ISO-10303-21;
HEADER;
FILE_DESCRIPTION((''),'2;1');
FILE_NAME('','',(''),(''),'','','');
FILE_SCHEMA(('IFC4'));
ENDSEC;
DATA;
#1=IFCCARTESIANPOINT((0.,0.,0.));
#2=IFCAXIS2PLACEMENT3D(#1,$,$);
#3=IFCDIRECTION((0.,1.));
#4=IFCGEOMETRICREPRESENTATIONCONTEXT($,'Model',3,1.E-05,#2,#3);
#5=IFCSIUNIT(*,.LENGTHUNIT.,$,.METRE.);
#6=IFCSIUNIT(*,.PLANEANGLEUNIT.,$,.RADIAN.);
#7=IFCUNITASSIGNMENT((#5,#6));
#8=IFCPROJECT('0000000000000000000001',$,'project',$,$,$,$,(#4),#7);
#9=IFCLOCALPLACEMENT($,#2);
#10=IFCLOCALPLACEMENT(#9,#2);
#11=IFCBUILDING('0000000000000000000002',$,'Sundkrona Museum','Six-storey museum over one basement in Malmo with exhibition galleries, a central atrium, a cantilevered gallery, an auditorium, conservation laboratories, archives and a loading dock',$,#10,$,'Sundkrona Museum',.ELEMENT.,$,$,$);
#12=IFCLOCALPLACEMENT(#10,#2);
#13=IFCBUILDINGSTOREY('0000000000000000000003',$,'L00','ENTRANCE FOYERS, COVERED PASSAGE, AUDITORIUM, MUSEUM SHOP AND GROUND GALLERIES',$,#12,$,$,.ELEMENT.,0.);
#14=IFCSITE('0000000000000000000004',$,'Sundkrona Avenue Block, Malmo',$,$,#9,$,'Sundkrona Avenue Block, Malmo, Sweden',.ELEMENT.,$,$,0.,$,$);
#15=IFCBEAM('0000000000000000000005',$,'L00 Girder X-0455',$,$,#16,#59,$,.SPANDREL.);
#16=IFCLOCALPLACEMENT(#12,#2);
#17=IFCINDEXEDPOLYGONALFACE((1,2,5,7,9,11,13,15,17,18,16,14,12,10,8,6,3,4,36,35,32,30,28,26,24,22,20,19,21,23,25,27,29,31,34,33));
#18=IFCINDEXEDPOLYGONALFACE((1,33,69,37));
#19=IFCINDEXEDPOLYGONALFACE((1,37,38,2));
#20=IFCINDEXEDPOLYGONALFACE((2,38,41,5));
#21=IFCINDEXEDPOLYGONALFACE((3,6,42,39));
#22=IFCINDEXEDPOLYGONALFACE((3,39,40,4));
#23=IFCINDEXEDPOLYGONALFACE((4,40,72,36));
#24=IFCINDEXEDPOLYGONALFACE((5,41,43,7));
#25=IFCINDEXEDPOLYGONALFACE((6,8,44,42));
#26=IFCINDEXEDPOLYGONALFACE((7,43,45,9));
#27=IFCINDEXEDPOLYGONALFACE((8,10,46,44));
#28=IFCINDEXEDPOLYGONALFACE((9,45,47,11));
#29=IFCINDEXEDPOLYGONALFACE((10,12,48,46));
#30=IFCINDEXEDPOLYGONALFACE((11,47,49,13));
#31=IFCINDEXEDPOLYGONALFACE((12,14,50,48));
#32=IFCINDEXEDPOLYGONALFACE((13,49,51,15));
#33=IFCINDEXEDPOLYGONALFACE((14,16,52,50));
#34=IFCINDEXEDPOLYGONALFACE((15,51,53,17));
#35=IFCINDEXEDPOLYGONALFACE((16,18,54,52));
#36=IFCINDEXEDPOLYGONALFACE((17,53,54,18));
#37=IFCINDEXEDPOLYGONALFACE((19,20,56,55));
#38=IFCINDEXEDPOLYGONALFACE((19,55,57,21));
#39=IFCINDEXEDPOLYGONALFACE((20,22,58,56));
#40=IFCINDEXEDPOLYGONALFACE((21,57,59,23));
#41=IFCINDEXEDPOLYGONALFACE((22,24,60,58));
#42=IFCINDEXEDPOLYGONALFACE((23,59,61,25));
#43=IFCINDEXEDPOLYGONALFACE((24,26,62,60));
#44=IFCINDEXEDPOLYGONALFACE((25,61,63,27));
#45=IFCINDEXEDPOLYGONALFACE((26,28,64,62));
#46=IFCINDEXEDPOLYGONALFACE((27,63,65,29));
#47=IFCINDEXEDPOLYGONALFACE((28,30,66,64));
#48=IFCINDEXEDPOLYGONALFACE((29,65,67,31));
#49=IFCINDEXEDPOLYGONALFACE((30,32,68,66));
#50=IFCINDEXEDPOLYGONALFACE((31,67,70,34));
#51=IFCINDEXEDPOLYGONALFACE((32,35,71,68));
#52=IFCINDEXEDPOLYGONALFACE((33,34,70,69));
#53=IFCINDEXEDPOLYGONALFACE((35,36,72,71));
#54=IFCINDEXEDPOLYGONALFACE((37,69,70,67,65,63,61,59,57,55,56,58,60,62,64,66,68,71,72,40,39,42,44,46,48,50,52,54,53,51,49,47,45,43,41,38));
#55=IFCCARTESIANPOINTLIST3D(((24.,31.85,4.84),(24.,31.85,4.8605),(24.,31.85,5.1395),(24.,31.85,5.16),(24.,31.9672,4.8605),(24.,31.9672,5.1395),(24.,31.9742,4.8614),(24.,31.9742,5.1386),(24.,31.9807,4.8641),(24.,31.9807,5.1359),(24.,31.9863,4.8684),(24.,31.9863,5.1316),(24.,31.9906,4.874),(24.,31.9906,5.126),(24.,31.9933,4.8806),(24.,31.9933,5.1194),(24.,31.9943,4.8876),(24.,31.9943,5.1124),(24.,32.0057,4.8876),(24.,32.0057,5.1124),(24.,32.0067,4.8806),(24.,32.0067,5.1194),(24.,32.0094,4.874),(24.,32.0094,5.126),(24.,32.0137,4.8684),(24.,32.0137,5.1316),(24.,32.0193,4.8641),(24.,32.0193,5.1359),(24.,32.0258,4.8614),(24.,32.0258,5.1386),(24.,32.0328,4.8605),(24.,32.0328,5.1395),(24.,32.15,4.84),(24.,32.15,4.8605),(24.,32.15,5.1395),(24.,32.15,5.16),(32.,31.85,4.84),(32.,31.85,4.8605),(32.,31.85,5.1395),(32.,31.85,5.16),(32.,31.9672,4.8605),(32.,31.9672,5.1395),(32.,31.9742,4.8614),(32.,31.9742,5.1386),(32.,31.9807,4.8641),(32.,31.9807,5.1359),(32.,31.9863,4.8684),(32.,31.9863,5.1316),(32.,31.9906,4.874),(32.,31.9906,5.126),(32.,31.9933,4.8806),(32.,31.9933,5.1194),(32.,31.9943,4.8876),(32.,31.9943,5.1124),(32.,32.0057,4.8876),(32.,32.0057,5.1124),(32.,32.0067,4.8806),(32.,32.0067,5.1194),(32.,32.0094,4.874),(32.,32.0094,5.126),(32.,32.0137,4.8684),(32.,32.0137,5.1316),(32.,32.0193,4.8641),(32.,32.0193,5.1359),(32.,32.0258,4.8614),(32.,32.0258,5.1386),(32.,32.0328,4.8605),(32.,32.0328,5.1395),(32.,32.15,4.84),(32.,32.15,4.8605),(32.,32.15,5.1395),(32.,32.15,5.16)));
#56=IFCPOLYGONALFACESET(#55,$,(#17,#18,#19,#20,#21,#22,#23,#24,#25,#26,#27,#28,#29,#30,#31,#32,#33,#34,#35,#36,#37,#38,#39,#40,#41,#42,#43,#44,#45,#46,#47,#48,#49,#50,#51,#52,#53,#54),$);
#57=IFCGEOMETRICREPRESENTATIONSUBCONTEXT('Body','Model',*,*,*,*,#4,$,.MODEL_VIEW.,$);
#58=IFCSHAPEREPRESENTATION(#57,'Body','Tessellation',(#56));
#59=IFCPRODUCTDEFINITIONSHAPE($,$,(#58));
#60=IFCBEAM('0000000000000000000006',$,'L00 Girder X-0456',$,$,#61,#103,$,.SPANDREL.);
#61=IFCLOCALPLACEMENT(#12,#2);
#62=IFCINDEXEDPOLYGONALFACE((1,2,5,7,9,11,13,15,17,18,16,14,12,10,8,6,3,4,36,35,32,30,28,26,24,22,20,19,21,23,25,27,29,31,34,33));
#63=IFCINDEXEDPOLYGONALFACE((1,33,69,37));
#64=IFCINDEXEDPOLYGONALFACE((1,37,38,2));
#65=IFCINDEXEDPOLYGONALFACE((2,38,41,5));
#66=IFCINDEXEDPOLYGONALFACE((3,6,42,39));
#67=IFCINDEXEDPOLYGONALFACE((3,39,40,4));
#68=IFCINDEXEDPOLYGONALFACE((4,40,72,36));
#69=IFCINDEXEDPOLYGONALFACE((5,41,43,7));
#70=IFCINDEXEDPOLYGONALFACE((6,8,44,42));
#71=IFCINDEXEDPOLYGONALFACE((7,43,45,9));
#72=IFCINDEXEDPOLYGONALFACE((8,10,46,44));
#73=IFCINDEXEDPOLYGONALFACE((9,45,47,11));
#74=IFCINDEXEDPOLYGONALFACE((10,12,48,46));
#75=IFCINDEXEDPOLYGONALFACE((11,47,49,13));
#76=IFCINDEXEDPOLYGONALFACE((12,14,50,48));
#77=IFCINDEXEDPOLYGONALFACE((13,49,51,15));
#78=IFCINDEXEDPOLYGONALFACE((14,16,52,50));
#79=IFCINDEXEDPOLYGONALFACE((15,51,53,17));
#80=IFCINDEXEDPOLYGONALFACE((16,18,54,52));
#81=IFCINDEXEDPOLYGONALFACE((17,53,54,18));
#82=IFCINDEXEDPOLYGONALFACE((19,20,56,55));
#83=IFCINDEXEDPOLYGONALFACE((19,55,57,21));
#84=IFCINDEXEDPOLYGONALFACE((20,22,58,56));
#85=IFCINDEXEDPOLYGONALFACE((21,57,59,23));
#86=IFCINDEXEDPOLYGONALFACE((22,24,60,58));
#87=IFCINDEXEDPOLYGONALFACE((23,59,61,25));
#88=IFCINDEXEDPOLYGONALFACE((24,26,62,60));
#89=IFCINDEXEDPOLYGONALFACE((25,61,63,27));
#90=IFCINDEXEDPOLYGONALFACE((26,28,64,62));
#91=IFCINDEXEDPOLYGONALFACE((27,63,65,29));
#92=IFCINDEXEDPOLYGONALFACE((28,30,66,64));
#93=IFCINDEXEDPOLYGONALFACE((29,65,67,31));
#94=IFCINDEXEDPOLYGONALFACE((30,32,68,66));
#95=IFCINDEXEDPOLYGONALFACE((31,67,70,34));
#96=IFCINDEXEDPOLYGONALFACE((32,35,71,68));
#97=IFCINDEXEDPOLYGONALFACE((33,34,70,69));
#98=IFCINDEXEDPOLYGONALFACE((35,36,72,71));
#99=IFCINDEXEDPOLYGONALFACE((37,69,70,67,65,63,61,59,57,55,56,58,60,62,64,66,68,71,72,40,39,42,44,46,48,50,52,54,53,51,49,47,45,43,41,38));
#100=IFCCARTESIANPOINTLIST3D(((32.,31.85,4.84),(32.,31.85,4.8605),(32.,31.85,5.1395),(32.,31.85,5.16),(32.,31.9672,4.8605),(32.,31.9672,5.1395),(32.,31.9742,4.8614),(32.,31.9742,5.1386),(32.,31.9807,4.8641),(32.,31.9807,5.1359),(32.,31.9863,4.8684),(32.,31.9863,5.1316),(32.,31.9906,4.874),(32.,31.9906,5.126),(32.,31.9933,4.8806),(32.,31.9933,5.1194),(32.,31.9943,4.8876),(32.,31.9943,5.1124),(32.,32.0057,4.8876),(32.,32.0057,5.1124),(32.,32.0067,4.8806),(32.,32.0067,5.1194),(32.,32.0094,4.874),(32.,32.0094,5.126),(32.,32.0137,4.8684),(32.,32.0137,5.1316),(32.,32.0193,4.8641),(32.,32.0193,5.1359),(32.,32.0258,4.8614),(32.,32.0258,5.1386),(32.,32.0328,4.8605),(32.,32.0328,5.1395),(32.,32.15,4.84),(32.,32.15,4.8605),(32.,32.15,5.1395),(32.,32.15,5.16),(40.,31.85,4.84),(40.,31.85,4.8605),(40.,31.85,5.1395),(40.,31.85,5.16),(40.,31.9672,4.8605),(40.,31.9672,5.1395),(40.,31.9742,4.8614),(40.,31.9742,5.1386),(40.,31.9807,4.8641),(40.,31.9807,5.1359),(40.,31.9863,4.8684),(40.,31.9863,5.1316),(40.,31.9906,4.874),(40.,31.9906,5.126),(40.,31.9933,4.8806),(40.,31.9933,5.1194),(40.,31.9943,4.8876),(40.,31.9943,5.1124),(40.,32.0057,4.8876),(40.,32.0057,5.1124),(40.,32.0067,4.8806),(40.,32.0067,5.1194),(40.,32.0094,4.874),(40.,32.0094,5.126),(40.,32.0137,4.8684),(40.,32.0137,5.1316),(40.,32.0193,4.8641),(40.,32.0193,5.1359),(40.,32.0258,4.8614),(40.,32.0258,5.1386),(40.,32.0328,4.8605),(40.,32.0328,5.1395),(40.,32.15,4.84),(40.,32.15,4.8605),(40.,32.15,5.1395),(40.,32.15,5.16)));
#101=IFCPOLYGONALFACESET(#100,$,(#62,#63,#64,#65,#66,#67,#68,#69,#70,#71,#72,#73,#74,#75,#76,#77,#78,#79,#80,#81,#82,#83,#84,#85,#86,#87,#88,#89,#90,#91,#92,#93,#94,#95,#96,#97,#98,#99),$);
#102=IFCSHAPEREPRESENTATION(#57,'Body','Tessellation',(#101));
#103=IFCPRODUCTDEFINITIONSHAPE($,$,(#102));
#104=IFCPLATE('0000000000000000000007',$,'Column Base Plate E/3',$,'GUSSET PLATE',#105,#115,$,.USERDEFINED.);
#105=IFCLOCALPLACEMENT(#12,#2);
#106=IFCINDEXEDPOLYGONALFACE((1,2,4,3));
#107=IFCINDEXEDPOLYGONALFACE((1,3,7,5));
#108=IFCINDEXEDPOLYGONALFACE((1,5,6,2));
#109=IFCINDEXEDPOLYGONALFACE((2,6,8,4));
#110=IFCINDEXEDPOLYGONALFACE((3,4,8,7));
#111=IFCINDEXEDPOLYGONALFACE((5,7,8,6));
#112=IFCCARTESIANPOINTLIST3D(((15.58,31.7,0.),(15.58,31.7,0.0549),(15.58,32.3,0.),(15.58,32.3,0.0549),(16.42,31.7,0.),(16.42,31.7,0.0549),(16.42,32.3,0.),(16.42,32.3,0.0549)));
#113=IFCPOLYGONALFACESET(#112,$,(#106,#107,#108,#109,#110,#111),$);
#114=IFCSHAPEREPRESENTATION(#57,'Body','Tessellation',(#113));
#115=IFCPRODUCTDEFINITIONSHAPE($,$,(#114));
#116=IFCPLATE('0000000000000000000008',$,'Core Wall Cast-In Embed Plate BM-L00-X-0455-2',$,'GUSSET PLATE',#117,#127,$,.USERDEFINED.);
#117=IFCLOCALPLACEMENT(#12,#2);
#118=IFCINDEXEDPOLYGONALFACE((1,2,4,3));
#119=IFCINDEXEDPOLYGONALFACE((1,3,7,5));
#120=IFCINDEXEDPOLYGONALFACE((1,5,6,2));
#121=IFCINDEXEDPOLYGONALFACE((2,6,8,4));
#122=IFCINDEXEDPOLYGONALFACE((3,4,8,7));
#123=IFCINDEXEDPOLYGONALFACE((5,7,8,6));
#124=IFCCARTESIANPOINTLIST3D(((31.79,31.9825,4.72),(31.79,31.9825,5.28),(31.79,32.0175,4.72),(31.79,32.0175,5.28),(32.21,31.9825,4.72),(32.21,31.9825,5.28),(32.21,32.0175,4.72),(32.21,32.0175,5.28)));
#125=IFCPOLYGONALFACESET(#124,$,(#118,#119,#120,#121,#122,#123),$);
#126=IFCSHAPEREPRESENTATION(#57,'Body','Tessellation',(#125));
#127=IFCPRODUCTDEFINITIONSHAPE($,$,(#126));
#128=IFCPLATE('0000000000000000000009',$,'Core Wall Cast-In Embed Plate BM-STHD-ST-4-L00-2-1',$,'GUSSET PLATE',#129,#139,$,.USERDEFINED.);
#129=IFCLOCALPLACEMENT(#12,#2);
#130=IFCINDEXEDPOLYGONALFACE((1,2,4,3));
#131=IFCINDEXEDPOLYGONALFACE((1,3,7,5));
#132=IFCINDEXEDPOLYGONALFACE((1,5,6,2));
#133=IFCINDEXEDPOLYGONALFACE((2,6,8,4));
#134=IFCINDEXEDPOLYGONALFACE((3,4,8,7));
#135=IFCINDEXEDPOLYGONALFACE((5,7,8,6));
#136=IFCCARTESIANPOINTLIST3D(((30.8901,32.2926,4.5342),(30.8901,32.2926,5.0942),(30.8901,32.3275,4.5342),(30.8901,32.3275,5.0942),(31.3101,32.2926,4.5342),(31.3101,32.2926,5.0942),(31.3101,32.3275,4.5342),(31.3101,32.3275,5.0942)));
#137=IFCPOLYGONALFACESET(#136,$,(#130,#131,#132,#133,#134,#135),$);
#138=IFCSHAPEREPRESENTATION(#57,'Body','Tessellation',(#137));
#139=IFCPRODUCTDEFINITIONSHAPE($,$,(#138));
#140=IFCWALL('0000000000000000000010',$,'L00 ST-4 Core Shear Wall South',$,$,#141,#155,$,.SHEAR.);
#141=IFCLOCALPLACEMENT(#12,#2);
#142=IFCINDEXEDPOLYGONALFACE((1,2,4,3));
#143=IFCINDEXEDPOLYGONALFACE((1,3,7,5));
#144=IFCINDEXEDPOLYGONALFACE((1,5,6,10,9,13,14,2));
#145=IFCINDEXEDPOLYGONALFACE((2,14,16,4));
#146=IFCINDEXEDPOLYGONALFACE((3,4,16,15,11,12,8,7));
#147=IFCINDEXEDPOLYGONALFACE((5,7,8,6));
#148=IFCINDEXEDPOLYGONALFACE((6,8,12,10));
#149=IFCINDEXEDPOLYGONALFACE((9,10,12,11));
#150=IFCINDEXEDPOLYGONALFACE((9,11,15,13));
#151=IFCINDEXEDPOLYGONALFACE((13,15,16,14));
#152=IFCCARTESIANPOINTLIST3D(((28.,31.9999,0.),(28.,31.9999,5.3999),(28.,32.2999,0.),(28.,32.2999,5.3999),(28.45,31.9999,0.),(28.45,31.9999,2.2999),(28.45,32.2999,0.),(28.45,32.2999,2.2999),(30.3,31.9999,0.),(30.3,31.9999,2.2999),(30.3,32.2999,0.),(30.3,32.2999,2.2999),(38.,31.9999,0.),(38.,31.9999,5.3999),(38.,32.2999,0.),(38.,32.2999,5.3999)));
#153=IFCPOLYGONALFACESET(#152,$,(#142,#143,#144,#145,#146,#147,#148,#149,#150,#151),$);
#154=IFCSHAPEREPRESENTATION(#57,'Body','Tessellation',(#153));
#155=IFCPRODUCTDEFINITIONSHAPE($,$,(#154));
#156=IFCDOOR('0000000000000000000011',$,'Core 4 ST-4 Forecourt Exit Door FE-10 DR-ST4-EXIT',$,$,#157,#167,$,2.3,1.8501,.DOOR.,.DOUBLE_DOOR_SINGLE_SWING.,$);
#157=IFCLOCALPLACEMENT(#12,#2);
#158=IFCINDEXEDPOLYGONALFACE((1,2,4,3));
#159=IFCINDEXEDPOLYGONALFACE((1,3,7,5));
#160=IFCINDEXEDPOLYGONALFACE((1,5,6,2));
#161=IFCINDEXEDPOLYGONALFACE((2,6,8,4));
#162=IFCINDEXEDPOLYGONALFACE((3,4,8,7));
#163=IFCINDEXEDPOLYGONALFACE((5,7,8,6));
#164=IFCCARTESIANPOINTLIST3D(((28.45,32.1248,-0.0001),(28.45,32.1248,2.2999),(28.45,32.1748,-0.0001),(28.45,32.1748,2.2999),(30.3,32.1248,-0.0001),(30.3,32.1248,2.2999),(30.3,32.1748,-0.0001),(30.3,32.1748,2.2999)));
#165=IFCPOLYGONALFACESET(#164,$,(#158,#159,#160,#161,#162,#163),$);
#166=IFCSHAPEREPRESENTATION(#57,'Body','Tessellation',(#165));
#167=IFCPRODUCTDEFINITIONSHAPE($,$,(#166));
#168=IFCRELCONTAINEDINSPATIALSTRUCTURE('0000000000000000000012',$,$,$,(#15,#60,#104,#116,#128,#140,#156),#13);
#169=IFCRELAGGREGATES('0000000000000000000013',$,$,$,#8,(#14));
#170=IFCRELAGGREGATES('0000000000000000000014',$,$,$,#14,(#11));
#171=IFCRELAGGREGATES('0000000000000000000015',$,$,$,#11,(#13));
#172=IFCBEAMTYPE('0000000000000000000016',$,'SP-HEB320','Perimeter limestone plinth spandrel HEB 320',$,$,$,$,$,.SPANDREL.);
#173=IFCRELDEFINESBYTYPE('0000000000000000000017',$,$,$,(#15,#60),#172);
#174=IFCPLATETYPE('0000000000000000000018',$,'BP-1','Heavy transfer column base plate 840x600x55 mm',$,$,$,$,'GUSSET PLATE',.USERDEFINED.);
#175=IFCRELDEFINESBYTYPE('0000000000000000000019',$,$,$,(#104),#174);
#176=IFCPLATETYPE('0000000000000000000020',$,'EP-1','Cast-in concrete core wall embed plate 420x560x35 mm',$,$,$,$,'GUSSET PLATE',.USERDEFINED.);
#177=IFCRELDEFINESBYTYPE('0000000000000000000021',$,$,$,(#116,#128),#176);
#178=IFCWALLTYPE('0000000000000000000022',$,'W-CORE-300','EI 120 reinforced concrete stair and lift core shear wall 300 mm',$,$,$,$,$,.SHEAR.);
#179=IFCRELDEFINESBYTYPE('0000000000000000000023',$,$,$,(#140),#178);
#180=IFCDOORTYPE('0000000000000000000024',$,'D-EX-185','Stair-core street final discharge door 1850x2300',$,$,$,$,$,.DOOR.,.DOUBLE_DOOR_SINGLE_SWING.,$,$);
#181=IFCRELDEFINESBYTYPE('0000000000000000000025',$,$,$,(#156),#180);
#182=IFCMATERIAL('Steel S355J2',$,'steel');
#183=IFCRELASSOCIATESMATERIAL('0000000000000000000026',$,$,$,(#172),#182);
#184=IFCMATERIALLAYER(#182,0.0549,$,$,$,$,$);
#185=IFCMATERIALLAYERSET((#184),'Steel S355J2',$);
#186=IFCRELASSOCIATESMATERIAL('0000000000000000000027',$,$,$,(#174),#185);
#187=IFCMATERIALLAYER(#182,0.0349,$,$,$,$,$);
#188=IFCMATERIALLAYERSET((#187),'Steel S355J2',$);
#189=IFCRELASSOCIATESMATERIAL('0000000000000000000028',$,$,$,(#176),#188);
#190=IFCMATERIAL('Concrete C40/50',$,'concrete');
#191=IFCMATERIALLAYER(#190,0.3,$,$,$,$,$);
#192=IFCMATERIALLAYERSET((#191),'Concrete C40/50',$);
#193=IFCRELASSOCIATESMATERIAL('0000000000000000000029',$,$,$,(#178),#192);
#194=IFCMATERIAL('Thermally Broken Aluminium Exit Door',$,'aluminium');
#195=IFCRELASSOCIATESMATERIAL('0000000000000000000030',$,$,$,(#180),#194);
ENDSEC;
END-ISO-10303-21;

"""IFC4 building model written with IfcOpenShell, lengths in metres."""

from ifc_helpers import new_model, si_unit, direction, frame, frame_2d, origin, origin_2d, place, context, subcontext, project, spatial, rectangle, i_section, extrude, material, layer, layer_set, material_profile, profile_set, type_object, element, fill, save


model = new_model("IFC4")

# Units and contexts
model_context = context("Model", 3, precision=1e-05, world=origin(), true_north=direction((0.0, 1.0)))
body_context = subcontext(model_context, "Body", "Model", "MODEL_VIEW")
ifc_project = project(units=[si_unit("LENGTHUNIT", "METRE"), si_unit("PLANEANGLEUNIT", "RADIAN")], contexts=[model_context])

# Site, building, storey
site_placement = place(None, origin())
site = spatial("IfcSite", under=ifc_project, at=site_placement, Name="Sundkrona Avenue Block, Malmo", LongName="Sundkrona Avenue Block, Malmo, Sweden", CompositionType="ELEMENT", RefElevation=0.0)
building_placement = place(site_placement, origin())
building = spatial("IfcBuilding", under=site, at=building_placement, Name="Sundkrona Museum", Description="Six-storey museum over one basement in Malmo with exhibition galleries, a central atrium, a cantilevered gallery, an auditorium, conservation laboratories, archives and a loading dock", LongName="Sundkrona Museum", CompositionType="ELEMENT")
storey_placement = place(building_placement, origin())
storey = spatial("IfcBuildingStorey", under=building, at=storey_placement, Name="L00", Description="ENTRANCE FOYERS, COVERED PASSAGE, AUDITORIUM, MUSEUM SHOP AND GROUND GALLERIES", CompositionType="ELEMENT", Elevation=0.0)

# Beams
ifc_material_1 = material(Name="Steel S355J2", Category="steel")
ifc_material_profile_1 = material_profile(ifc_material_1, i_section(OverallWidth=0.3, OverallDepth=0.3201, WebThickness=0.0115, FlangeThickness=0.0205, FilletRadius=0.0271, at=origin_2d()), Name="HEB 320")
ifc_profile_set_1 = profile_set([ifc_material_profile_1], Name="Steel S355J2")
beam_type_1 = type_object("IfcBeamType", Name="SP-HEB320", Description="Perimeter limestone plinth spandrel HEB 320", PredefinedType="SPANDREL", material=ifc_profile_set_1)
for number, where, z_axis, x_axis, name in (
    (1, (24.0, 32.0, 5.0), (1.0, 0.0, 0.0), (0.0, 1.0, 0.0), "L00 Girder X-0455"),
    (2, (32.0, 32.0, 5.0), (1.0, 0.0, 0.0), (0.0, 1.0, 0.0), "L00 Girder X-0456"),
):
    element("IfcBeam", number, at=place(storey_placement, frame(where, z_axis=z_axis, x_axis=x_axis)), inside=storey, type_object=beam_type_1, Name=name, PredefinedType="SPANDREL", context=body_context, shape_type="SweptSolid", body=[
        extrude(i_section(OverallWidth=0.3, OverallDepth=0.3201, WebThickness=0.0115, FlangeThickness=0.0205, FilletRadius=0.0271, at=origin_2d()), origin(), (0.0, 0.0, 1.0), 8.0),
    ])

# Plates
ifc_layer_1 = layer(ifc_material_1, 0.0549)
ifc_layer_set_1 = layer_set([ifc_layer_1], Name="Steel S355J2")
plate_type_1 = type_object("IfcPlateType", Name="BP-1", Description="Heavy transfer column base plate 840x600x55 mm", ElementType="GUSSET PLATE", PredefinedType="USERDEFINED", material=ifc_layer_set_1)
plate_placement = place(storey_placement, frame((16.0, 32.0, 0.0), z_axis=(0.0, 0.0, 1.0), x_axis=(1.0, 0.0, 0.0)))
element("IfcPlate", 3, at=plate_placement, inside=storey, type_object=plate_type_1, Name="Column Base Plate E/3", ObjectType="GUSSET PLATE", PredefinedType="USERDEFINED", context=body_context, shape_type="SweptSolid", body=[
    extrude(rectangle(XDim=0.8401, YDim=0.6001, at=origin_2d()), origin(), (0.0, 0.0, 1.0), 0.0549),
])
ifc_layer_2 = layer(ifc_material_1, 0.0349)
ifc_layer_set_2 = layer_set([ifc_layer_2], Name="Steel S355J2")
plate_type_2 = type_object("IfcPlateType", Name="EP-1", Description="Cast-in concrete core wall embed plate 420x560x35 mm", ElementType="GUSSET PLATE", PredefinedType="USERDEFINED", material=ifc_layer_set_2)
for number, where, z_axis, x_axis, name in (
    (4, (32.0, 32.0, 4.72), (0.0, 0.0, 1.0), (1.0, 0.0, 0.0), "Core Wall Cast-In Embed Plate BM-L00-X-0455-2"),
    (5, (31.1001, 32.3101, 4.5342), (0.0, 0.0, 1.0), (1.0, 0.0, 0.0), "Core Wall Cast-In Embed Plate BM-STHD-ST-4-L00-2-1"),
):
    element("IfcPlate", number, at=place(storey_placement, frame(where, z_axis=z_axis, x_axis=x_axis)), inside=storey, type_object=plate_type_2, Name=name, ObjectType="GUSSET PLATE", PredefinedType="USERDEFINED", context=body_context, shape_type="SweptSolid", body=[
        extrude(rectangle(XDim=0.4199, YDim=0.0349, at=origin_2d()), origin(), (0.0, 0.0, 1.0), 0.5601),
    ])

# Wall, opening, door
ifc_material_2 = material(Name="Concrete C40/50", Category="concrete")
ifc_layer_3 = layer(ifc_material_2, 0.3)
ifc_layer_set_3 = layer_set([ifc_layer_3], Name="Concrete C40/50")
wall_type_1 = type_object("IfcWallType", Name="W-CORE-300", Description="EI 120 reinforced concrete stair and lift core shear wall 300 mm", PredefinedType="SHEAR", material=ifc_layer_set_3)
wall_1_placement = place(storey_placement, frame((28.0, 32.1499, 0.0), z_axis=(0.0, 0.0, 1.0), x_axis=(1.0, 0.0, 0.0)))
wall_1 = element("IfcWall", 6, at=wall_1_placement, inside=storey, type_object=wall_type_1, Name="L00 ST-4 Core Shear Wall South", PredefinedType="SHEAR", context=body_context, shape_type="SweptSolid", body=[
    extrude(rectangle(XDim=10.0, YDim=0.3, at=frame_2d((5.0, 0.0))), origin(), (0.0, 0.0, 1.0), 5.3999),
])
opening_1_placement = place(wall_1_placement, frame((0.45, 0.0, 0.0)))
opening_1 = element("IfcOpeningElement", 7, at=opening_1_placement, cuts=wall_1, PredefinedType="OPENING", context=body_context, shape_type="SweptSolid", body=[
    extrude(rectangle(XDim=1.8501, YDim=2.3, at=frame_2d((0.925, 1.1499))), frame((0.0, 0.1599, 0.0), z_axis=(0.0, -1.0, 0.0), x_axis=(1.0, 0.0, 0.0)), (0.0, 0.0, 1.0), 0.3201),
])
ifc_material_3 = material(Name="Thermally Broken Aluminium Exit Door", Category="aluminium")
door_type_1 = type_object("IfcDoorType", Name="D-EX-185", Description="Stair-core street final discharge door 1850x2300", OperationType="DOUBLE_DOOR_SINGLE_SWING", PredefinedType="DOOR", material=ifc_material_3)
door_1_placement = place(opening_1_placement, origin())
door_1 = element("IfcDoor", 8, at=door_1_placement, inside=storey, type_object=door_type_1, Name="Core 4 ST-4 Forecourt Exit Door FE-10 DR-ST4-EXIT", OperationType="DOUBLE_DOOR_SINGLE_SWING", OverallHeight=2.3, OverallWidth=1.8501, PredefinedType="DOOR", context=body_context, shape_type="SweptSolid", body=[
    extrude(rectangle(XDim=1.8501, YDim=2.3, at=frame_2d((0.925, 1.1499))), frame((0.0, 0.0249, 0.0), z_axis=(0.0, -1.0, 0.0), x_axis=(1.0, 0.0, 0.0)), (0.0, 0.0, 1.0), 0.05),
])
fill(opening_1, door_1)

save(model, "model.ifc")
